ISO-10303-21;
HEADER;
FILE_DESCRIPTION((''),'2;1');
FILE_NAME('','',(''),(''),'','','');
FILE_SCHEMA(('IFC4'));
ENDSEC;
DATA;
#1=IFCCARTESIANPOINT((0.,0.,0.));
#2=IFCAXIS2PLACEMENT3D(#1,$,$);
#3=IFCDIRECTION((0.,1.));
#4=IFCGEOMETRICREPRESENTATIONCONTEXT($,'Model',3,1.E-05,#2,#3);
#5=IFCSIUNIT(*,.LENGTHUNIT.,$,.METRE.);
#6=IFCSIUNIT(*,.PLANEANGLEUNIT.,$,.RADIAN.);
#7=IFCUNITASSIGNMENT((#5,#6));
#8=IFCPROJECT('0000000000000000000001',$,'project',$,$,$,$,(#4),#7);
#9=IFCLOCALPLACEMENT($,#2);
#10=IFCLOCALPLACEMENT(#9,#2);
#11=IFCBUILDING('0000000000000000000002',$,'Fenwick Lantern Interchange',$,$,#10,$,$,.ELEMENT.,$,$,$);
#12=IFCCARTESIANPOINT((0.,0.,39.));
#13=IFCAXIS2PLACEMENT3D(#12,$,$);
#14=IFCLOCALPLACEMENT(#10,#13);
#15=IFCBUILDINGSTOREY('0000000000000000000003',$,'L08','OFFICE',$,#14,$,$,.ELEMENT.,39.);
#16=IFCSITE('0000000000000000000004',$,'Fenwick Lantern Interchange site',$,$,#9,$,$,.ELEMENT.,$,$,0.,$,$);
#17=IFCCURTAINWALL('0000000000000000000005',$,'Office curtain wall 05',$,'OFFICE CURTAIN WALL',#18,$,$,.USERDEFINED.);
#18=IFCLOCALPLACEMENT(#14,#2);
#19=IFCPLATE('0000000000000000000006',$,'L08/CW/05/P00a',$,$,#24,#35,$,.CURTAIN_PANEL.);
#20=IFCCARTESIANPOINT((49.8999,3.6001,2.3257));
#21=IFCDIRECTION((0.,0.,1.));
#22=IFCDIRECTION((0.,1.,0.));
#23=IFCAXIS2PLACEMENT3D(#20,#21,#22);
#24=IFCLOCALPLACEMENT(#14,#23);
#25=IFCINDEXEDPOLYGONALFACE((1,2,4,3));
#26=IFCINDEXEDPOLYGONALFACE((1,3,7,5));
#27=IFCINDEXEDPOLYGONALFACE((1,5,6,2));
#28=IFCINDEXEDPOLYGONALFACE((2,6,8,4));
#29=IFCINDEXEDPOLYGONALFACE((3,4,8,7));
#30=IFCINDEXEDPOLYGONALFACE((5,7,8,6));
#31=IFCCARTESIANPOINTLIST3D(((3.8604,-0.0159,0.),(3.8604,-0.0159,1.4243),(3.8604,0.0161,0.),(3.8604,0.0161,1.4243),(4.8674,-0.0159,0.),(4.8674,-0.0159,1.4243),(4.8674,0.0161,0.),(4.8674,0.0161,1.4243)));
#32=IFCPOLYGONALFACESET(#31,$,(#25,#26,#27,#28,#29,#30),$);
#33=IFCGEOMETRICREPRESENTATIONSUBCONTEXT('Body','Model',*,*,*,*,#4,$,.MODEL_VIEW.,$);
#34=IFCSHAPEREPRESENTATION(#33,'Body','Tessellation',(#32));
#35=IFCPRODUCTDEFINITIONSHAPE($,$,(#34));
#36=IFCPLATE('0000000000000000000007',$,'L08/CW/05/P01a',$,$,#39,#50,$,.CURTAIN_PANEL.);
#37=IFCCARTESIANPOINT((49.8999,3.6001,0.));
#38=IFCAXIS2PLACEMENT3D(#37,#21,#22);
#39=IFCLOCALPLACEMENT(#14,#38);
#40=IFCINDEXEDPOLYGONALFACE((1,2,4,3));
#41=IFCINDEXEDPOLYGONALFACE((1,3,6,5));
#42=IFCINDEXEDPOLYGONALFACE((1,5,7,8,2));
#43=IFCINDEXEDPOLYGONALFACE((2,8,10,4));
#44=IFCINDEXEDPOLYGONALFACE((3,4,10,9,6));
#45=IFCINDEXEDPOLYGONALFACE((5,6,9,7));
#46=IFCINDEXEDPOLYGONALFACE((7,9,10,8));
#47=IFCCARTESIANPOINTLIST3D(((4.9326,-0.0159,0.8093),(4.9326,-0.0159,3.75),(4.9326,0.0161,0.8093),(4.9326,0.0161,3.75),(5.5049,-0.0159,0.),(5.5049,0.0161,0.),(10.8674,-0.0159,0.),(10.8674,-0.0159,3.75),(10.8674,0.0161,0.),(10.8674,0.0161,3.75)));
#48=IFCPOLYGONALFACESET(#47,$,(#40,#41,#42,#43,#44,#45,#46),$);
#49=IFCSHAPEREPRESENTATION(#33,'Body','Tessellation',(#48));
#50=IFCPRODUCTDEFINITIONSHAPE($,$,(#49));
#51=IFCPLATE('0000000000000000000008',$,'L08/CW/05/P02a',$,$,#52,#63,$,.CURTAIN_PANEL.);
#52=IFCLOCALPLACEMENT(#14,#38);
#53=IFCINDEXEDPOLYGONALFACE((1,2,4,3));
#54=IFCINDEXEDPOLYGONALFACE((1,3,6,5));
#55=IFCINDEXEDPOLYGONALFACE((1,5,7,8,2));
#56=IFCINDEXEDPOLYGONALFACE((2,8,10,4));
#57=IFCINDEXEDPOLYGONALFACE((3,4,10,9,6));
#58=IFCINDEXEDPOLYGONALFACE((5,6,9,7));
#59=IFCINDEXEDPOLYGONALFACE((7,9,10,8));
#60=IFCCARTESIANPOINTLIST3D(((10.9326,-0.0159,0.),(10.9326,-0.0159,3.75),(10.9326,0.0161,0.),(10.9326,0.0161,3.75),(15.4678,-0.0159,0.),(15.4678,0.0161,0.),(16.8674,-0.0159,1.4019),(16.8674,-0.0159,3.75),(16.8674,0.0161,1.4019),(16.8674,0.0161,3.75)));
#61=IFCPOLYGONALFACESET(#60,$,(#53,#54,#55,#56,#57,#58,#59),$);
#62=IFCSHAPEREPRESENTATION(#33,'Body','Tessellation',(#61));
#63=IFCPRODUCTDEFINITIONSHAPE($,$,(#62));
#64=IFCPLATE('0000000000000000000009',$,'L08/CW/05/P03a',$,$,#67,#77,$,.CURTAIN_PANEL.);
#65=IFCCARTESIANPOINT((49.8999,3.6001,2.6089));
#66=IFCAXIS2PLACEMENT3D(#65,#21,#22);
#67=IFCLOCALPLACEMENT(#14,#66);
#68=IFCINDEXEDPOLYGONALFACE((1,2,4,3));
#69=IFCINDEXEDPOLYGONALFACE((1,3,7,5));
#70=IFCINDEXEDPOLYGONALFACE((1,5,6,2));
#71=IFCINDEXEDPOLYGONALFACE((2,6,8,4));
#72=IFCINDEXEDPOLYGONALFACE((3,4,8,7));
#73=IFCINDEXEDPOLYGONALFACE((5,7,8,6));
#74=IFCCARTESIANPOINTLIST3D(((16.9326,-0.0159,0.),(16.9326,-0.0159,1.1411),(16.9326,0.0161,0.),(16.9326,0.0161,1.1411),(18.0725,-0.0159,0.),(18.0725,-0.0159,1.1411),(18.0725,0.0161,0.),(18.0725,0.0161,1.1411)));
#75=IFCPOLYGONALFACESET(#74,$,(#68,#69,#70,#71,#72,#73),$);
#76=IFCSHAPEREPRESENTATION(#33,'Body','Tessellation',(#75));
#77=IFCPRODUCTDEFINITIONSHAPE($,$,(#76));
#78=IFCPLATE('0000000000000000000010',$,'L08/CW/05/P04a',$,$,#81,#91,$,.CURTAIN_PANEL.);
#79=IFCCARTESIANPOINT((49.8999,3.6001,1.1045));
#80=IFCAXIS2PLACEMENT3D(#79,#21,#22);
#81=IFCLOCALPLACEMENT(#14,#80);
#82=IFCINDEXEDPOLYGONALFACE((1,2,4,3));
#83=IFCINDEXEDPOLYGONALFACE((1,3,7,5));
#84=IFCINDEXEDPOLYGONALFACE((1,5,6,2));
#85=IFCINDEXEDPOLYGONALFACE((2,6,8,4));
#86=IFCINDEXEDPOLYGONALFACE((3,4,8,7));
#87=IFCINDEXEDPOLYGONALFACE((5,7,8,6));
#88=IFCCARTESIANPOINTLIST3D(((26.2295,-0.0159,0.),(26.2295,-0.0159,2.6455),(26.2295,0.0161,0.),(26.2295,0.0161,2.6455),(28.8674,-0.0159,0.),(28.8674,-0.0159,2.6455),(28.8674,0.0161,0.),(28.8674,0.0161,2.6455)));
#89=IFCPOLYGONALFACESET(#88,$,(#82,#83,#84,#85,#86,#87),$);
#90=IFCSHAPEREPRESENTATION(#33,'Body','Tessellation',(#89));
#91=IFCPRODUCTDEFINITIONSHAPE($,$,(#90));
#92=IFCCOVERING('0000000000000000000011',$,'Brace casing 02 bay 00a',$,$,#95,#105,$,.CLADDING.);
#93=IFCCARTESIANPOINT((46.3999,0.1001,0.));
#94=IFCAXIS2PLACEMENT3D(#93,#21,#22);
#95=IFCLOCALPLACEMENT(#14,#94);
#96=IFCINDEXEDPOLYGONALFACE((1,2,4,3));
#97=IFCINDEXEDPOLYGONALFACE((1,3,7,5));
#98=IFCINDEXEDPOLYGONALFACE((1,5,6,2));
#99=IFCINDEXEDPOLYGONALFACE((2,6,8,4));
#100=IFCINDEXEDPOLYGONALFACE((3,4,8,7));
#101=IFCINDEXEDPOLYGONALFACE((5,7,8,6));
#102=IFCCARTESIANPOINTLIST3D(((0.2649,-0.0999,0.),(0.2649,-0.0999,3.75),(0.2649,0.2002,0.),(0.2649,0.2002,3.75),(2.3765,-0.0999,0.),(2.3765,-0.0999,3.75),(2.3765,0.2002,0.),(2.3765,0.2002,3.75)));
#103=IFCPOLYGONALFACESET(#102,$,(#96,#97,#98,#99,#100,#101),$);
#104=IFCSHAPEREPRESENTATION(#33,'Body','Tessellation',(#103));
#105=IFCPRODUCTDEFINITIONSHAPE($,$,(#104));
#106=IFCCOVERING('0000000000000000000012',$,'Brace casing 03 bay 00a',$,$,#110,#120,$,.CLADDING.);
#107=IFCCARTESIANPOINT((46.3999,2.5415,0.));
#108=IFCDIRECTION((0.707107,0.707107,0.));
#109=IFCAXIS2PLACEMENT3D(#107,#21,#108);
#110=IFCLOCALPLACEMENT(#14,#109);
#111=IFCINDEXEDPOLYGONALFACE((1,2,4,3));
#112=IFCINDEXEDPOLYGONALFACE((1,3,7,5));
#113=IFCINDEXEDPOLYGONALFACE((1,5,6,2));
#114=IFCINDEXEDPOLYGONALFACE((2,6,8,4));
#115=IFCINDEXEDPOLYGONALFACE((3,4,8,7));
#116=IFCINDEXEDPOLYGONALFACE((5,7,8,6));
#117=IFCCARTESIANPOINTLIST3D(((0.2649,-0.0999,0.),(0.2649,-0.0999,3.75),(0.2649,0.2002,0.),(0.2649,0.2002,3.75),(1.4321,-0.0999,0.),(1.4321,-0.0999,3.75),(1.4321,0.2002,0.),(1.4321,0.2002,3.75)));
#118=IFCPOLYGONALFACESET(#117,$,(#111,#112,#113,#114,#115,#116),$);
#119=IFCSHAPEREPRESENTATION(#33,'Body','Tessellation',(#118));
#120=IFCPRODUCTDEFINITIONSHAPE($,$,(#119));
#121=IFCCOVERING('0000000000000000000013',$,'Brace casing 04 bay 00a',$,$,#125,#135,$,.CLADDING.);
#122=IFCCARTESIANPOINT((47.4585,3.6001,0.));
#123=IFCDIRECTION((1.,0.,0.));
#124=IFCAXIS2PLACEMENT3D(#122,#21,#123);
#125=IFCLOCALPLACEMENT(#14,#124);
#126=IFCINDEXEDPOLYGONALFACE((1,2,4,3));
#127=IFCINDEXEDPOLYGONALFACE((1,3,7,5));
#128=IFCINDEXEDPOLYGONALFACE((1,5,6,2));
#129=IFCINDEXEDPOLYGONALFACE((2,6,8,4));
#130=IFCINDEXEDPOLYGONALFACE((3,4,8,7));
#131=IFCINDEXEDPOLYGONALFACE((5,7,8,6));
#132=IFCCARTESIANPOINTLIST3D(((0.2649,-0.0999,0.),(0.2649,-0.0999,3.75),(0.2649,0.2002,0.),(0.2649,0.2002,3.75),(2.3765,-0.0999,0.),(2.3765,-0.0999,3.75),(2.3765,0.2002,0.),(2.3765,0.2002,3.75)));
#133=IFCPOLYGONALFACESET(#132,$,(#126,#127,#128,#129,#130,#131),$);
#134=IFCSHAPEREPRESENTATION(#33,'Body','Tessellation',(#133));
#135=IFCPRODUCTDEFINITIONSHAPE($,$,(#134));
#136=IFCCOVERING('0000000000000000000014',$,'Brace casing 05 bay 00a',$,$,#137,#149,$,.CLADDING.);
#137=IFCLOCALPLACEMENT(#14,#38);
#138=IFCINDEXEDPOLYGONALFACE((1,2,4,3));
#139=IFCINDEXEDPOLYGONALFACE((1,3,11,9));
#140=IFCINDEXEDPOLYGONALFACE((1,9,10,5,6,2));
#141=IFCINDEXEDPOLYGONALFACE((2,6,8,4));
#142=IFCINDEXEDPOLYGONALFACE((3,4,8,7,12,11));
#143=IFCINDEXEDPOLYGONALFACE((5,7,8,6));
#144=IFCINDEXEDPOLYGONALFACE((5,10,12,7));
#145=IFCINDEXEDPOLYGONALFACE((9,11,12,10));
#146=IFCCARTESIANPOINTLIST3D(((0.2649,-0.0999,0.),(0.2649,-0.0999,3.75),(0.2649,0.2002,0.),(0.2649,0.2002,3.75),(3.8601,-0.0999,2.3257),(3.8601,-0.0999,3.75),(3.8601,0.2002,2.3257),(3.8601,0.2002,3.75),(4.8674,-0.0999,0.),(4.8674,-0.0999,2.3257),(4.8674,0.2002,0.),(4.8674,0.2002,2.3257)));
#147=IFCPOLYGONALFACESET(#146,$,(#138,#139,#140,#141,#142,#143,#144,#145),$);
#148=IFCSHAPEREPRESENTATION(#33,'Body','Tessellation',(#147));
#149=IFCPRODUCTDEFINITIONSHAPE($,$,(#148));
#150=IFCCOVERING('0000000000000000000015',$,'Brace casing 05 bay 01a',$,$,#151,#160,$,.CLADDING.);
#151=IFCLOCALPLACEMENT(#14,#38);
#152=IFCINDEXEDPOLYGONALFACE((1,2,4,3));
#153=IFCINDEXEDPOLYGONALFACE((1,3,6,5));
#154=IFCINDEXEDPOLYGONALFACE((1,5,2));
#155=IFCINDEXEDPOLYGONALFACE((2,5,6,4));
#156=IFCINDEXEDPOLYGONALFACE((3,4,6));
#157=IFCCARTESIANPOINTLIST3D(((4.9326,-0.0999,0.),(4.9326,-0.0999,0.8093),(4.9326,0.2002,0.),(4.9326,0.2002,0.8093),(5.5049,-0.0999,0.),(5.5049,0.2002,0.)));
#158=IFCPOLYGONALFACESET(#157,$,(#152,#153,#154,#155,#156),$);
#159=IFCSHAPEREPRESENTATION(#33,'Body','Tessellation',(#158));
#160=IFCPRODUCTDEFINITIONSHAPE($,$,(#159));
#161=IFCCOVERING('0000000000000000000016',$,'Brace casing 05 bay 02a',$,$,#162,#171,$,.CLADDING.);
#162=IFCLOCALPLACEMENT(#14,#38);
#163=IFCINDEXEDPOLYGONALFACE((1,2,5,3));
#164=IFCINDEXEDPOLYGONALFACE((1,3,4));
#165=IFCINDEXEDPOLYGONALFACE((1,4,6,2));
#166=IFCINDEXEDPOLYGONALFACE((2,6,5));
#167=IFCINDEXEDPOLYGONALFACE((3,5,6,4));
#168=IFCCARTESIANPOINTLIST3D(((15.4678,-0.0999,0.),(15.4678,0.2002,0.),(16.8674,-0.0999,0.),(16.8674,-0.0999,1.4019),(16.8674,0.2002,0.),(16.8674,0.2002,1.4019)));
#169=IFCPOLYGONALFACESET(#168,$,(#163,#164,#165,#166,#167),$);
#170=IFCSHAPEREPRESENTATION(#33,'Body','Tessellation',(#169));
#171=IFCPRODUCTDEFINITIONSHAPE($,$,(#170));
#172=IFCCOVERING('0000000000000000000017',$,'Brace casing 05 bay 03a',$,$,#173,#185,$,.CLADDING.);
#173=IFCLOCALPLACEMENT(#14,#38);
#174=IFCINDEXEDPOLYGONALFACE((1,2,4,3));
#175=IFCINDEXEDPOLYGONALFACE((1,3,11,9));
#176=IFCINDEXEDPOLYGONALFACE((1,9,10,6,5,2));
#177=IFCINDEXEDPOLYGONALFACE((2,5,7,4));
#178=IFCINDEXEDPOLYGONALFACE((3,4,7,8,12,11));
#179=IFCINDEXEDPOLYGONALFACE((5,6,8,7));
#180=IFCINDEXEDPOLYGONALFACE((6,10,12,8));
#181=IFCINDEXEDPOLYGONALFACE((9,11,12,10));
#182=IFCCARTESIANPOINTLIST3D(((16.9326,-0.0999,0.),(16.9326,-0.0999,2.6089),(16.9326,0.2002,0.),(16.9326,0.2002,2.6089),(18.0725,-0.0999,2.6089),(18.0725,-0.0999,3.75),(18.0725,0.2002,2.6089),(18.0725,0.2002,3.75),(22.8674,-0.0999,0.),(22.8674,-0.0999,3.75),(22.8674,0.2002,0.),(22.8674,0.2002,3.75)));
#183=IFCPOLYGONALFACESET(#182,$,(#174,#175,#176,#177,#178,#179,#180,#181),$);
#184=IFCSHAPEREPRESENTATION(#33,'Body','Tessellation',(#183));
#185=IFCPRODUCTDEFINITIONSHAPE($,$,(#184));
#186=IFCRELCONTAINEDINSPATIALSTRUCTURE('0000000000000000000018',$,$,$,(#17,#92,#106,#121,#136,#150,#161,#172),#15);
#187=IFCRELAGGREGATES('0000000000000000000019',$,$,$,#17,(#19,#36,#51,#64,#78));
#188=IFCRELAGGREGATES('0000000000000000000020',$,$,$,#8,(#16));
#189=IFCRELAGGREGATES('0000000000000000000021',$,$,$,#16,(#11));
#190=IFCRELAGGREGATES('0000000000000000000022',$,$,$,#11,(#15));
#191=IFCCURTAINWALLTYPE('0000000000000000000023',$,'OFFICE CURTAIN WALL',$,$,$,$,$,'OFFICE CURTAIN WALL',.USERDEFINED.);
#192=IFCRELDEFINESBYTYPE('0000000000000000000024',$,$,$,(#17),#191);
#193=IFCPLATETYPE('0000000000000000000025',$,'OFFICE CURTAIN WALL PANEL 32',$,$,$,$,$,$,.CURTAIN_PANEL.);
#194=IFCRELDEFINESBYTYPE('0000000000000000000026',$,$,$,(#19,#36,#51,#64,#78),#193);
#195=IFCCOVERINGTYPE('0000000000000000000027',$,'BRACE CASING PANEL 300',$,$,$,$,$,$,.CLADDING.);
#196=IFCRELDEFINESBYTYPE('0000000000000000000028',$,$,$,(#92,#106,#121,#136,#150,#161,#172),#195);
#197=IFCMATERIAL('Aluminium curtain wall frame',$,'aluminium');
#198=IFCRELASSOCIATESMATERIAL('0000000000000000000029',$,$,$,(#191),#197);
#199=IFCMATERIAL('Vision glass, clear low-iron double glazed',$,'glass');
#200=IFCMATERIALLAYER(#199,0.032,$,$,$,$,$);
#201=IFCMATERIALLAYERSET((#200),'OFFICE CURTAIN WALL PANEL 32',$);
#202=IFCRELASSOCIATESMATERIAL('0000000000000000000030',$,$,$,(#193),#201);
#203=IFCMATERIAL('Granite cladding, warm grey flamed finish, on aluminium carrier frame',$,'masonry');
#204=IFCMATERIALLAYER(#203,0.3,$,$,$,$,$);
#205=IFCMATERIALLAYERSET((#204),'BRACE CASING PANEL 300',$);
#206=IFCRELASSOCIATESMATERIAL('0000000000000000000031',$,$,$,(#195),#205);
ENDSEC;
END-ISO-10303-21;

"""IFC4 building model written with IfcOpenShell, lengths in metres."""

from ifc_helpers import new_model, si_unit, direction, frame, origin, place, context, subcontext, project, spatial, polyline, outline, extrude, material, layer, layer_set, type_object, element, aggregate, save


model = new_model("IFC4")

# Units and contexts
model_context = context("Model", 3, precision=1e-05, world=origin(), true_north=direction((0.0, 1.0)))
body_context = subcontext(model_context, "Body", "Model", "MODEL_VIEW")
ifc_project = project(units=[si_unit("LENGTHUNIT", "METRE"), si_unit("PLANEANGLEUNIT", "RADIAN")], contexts=[model_context])

# Site, building, storey
site_placement = place(None, origin())
site = spatial("IfcSite", under=ifc_project, at=site_placement, Name="Fenwick Lantern Interchange site", CompositionType="ELEMENT", RefElevation=0.0)
building_placement = place(site_placement, origin())
building = spatial("IfcBuilding", under=site, at=building_placement, Name="Fenwick Lantern Interchange", CompositionType="ELEMENT")
storey_placement = place(building_placement, frame((0.0, 0.0, 39.0)))
storey = spatial("IfcBuildingStorey", under=building, at=storey_placement, Name="L08", Description="OFFICE", CompositionType="ELEMENT", Elevation=39.0)

# Shared definitions
ifc_material_1 = material(Name="Aluminium curtain wall frame", Category="aluminium")
curtain_wall_type = type_object("IfcCurtainWallType", Name="OFFICE CURTAIN WALL", ElementType="OFFICE CURTAIN WALL", PredefinedType="USERDEFINED", material=ifc_material_1)

# Curtain wall, plates
curtain_wall_1_placement = place(storey_placement, origin())
curtain_wall_1 = element("IfcCurtainWall", 1, at=curtain_wall_1_placement, inside=storey, type_object=curtain_wall_type, Name="Office curtain wall 05", ObjectType="OFFICE CURTAIN WALL", PredefinedType="USERDEFINED")
ifc_material_2 = material(Name="Vision glass, clear low-iron double glazed", Category="glass")
ifc_layer_1 = layer(ifc_material_2, 0.032)
ifc_layer_set_1 = layer_set([ifc_layer_1], Name="OFFICE CURTAIN WALL PANEL 32")
plate_type = type_object("IfcPlateType", Name="OFFICE CURTAIN WALL PANEL 32", PredefinedType="CURTAIN_PANEL", material=ifc_layer_set_1)
plate_1_placement = place(storey_placement, frame((49.8999, 3.6001, 2.3257), z_axis=(0.0, 0.0, 1.0), x_axis=(0.0, 1.0, 0.0)))
plate_1 = element("IfcPlate", 2, at=plate_1_placement, type_object=plate_type, Name="L08/CW/05/P00a", PredefinedType="CURTAIN_PANEL", context=body_context, shape_type="SweptSolid", body=[
    extrude(outline(polyline([(3.8604, 0.0), (4.8674, 0.0), (4.8674, 1.4243), (3.8604, 1.4243), (3.8604, 0.0)])), frame((0.0, 0.0161, 0.0), z_axis=(0.0, -1.0, 0.0), x_axis=(1.0, 0.0, 0.0)), (0.0, 0.0, 1.0), 0.032),
])
plate_2_placement = place(storey_placement, frame((49.8999, 3.6001, 0.0), z_axis=(0.0, 0.0, 1.0), x_axis=(0.0, 1.0, 0.0)))
plate_2 = element("IfcPlate", 3, at=plate_2_placement, type_object=plate_type, Name="L08/CW/05/P01a", PredefinedType="CURTAIN_PANEL", context=body_context, shape_type="SweptSolid", body=[
    extrude(outline(polyline([(5.5049, 0.0), (10.8674, 0.0), (10.8674, 3.75), (4.9326, 3.75), (4.9326, 0.8093), (5.5049, 0.0)])), frame((0.0, 0.0161, 0.0), z_axis=(0.0, -1.0, 0.0), x_axis=(1.0, 0.0, 0.0)), (0.0, 0.0, 1.0), 0.032),
])
plate_3_placement = place(storey_placement, frame((49.8999, 3.6001, 0.0), z_axis=(0.0, 0.0, 1.0), x_axis=(0.0, 1.0, 0.0)))
plate_3 = element("IfcPlate", 4, at=plate_3_placement, type_object=plate_type, Name="L08/CW/05/P02a", PredefinedType="CURTAIN_PANEL", context=body_context, shape_type="SweptSolid", body=[
    extrude(outline(polyline([(10.9326, 0.0), (15.4678, 0.0), (16.8674, 1.4019), (16.8674, 3.75), (10.9326, 3.75), (10.9326, 0.0)])), frame((0.0, 0.0161, 0.0), z_axis=(0.0, -1.0, 0.0), x_axis=(1.0, 0.0, 0.0)), (0.0, 0.0, 1.0), 0.032),
])
plate_4_placement = place(storey_placement, frame((49.8999, 3.6001, 2.6089), z_axis=(0.0, 0.0, 1.0), x_axis=(0.0, 1.0, 0.0)))
plate_4 = element("IfcPlate", 5, at=plate_4_placement, type_object=plate_type, Name="L08/CW/05/P03a", PredefinedType="CURTAIN_PANEL", context=body_context, shape_type="SweptSolid", body=[
    extrude(outline(polyline([(16.9326, 0.0), (18.0725, 0.0), (18.0725, 1.1411), (16.9326, 1.1411), (16.9326, 0.0)])), frame((0.0, 0.0161, 0.0), z_axis=(0.0, -1.0, 0.0), x_axis=(1.0, 0.0, 0.0)), (0.0, 0.0, 1.0), 0.032),
])
plate_5_placement = place(storey_placement, frame((49.8999, 3.6001, 1.1045), z_axis=(0.0, 0.0, 1.0), x_axis=(0.0, 1.0, 0.0)))
plate_5 = element("IfcPlate", 6, at=plate_5_placement, type_object=plate_type, Name="L08/CW/05/P04a", PredefinedType="CURTAIN_PANEL", context=body_context, shape_type="SweptSolid", body=[
    extrude(outline(polyline([(26.2295, 0.0), (28.8674, 0.0), (28.8674, 2.6455), (26.2295, 2.6455), (26.2295, 0.0)])), frame((0.0, 0.0161, 0.0), z_axis=(0.0, -1.0, 0.0), x_axis=(1.0, 0.0, 0.0)), (0.0, 0.0, 1.0), 0.032),
])
aggregate(curtain_wall_1, [plate_1, plate_2, plate_3, plate_4, plate_5])

# Coverings
ifc_material_3 = material(Name="Granite cladding, warm grey flamed finish, on aluminium carrier frame", Category="masonry")
ifc_layer_2 = layer(ifc_material_3, 0.3)
ifc_layer_set_2 = layer_set([ifc_layer_2], Name="BRACE CASING PANEL 300")
covering_type = type_object("IfcCoveringType", Name="BRACE CASING PANEL 300", PredefinedType="CLADDING", material=ifc_layer_set_2)
covering_1_placement = place(storey_placement, frame((46.3999, 0.1001, 0.0), z_axis=(0.0, 0.0, 1.0), x_axis=(0.0, 1.0, 0.0)))
element("IfcCovering", 7, at=covering_1_placement, inside=storey, type_object=covering_type, Name="Brace casing 02 bay 00a", PredefinedType="CLADDING", context=body_context, shape_type="SweptSolid", body=[
    extrude(outline(polyline([(0.2649, 0.0), (2.3765, 0.0), (2.3765, 3.75), (0.2649, 3.75), (0.2649, 0.0)])), frame((0.0, 0.2002, 0.0), z_axis=(0.0, -1.0, 0.0), x_axis=(1.0, 0.0, 0.0)), (0.0, 0.0, 1.0), 0.3),
])
covering_2_placement = place(storey_placement, frame((46.3999, 2.5415, 0.0), z_axis=(0.0, 0.0, 1.0), x_axis=(0.707107, 0.707107, 0.0)))
element("IfcCovering", 8, at=covering_2_placement, inside=storey, type_object=covering_type, Name="Brace casing 03 bay 00a", PredefinedType="CLADDING", context=body_context, shape_type="SweptSolid", body=[
    extrude(outline(polyline([(0.2649, 0.0), (1.4321, 0.0), (1.4321, 3.75), (0.2649, 3.75), (0.2649, 0.0)])), frame((0.0, 0.2002, 0.0), z_axis=(0.0, -1.0, 0.0), x_axis=(1.0, 0.0, 0.0)), (0.0, 0.0, 1.0), 0.3),
])
covering_3_placement = place(storey_placement, frame((47.4585, 3.6001, 0.0), z_axis=(0.0, 0.0, 1.0), x_axis=(1.0, 0.0, 0.0)))
element("IfcCovering", 9, at=covering_3_placement, inside=storey, type_object=covering_type, Name="Brace casing 04 bay 00a", PredefinedType="CLADDING", context=body_context, shape_type="SweptSolid", body=[
    extrude(outline(polyline([(0.2649, 0.0), (2.3765, 0.0), (2.3765, 3.75), (0.2649, 3.75), (0.2649, 0.0)])), frame((0.0, 0.2002, 0.0), z_axis=(0.0, -1.0, 0.0), x_axis=(1.0, 0.0, 0.0)), (0.0, 0.0, 1.0), 0.3),
])
covering_4_placement = place(storey_placement, frame((49.8999, 3.6001, 0.0), z_axis=(0.0, 0.0, 1.0), x_axis=(0.0, 1.0, 0.0)))
element("IfcCovering", 10, at=covering_4_placement, inside=storey, type_object=covering_type, Name="Brace casing 05 bay 00a", PredefinedType="CLADDING", context=body_context, shape_type="SweptSolid", body=[
    extrude(outline(polyline([(0.2649, 0.0), (4.8674, 0.0), (4.8674, 2.3257), (3.8601, 2.3257), (3.8601, 3.75), (0.2649, 3.75), (0.2649, 0.0)])), frame((0.0, 0.2002, 0.0), z_axis=(0.0, -1.0, 0.0), x_axis=(1.0, 0.0, 0.0)), (0.0, 0.0, 1.0), 0.3),
])
covering_5_placement = place(storey_placement, frame((49.8999, 3.6001, 0.0), z_axis=(0.0, 0.0, 1.0), x_axis=(0.0, 1.0, 0.0)))
element("IfcCovering", 11, at=covering_5_placement, inside=storey, type_object=covering_type, Name="Brace casing 05 bay 01a", PredefinedType="CLADDING", context=body_context, shape_type="SweptSolid", body=[
    extrude(outline(polyline([(4.9326, 0.0), (5.5049, 0.0), (4.9326, 0.8093), (4.9326, 0.0)])), frame((0.0, 0.2002, 0.0), z_axis=(0.0, -1.0, 0.0), x_axis=(1.0, 0.0, 0.0)), (0.0, 0.0, 1.0), 0.3),
])
covering_6_placement = place(storey_placement, frame((49.8999, 3.6001, 0.0), z_axis=(0.0, 0.0, 1.0), x_axis=(0.0, 1.0, 0.0)))
element("IfcCovering", 12, at=covering_6_placement, inside=storey, type_object=covering_type, Name="Brace casing 05 bay 02a", PredefinedType="CLADDING", context=body_context, shape_type="SweptSolid", body=[
    extrude(outline(polyline([(15.4678, 0.0), (16.8674, 0.0), (16.8674, 1.4019), (15.4678, 0.0)])), frame((0.0, 0.2002, 0.0), z_axis=(0.0, -1.0, 0.0), x_axis=(1.0, 0.0, 0.0)), (0.0, 0.0, 1.0), 0.3),
])
covering_7_placement = place(storey_placement, frame((49.8999, 3.6001, 0.0), z_axis=(0.0, 0.0, 1.0), x_axis=(0.0, 1.0, 0.0)))
element("IfcCovering", 13, at=covering_7_placement, inside=storey, type_object=covering_type, Name="Brace casing 05 bay 03a", PredefinedType="CLADDING", context=body_context, shape_type="SweptSolid", body=[
    extrude(outline(polyline([(16.9326, 0.0), (22.8674, 0.0), (22.8674, 3.75), (18.0725, 3.75), (18.0725, 2.6089), (16.9326, 2.6089), (16.9326, 0.0)])), frame((0.0, 0.2002, 0.0), z_axis=(0.0, -1.0, 0.0), x_axis=(1.0, 0.0, 0.0)), (0.0, 0.0, 1.0), 0.3),
])

save(model, "model.ifc")
